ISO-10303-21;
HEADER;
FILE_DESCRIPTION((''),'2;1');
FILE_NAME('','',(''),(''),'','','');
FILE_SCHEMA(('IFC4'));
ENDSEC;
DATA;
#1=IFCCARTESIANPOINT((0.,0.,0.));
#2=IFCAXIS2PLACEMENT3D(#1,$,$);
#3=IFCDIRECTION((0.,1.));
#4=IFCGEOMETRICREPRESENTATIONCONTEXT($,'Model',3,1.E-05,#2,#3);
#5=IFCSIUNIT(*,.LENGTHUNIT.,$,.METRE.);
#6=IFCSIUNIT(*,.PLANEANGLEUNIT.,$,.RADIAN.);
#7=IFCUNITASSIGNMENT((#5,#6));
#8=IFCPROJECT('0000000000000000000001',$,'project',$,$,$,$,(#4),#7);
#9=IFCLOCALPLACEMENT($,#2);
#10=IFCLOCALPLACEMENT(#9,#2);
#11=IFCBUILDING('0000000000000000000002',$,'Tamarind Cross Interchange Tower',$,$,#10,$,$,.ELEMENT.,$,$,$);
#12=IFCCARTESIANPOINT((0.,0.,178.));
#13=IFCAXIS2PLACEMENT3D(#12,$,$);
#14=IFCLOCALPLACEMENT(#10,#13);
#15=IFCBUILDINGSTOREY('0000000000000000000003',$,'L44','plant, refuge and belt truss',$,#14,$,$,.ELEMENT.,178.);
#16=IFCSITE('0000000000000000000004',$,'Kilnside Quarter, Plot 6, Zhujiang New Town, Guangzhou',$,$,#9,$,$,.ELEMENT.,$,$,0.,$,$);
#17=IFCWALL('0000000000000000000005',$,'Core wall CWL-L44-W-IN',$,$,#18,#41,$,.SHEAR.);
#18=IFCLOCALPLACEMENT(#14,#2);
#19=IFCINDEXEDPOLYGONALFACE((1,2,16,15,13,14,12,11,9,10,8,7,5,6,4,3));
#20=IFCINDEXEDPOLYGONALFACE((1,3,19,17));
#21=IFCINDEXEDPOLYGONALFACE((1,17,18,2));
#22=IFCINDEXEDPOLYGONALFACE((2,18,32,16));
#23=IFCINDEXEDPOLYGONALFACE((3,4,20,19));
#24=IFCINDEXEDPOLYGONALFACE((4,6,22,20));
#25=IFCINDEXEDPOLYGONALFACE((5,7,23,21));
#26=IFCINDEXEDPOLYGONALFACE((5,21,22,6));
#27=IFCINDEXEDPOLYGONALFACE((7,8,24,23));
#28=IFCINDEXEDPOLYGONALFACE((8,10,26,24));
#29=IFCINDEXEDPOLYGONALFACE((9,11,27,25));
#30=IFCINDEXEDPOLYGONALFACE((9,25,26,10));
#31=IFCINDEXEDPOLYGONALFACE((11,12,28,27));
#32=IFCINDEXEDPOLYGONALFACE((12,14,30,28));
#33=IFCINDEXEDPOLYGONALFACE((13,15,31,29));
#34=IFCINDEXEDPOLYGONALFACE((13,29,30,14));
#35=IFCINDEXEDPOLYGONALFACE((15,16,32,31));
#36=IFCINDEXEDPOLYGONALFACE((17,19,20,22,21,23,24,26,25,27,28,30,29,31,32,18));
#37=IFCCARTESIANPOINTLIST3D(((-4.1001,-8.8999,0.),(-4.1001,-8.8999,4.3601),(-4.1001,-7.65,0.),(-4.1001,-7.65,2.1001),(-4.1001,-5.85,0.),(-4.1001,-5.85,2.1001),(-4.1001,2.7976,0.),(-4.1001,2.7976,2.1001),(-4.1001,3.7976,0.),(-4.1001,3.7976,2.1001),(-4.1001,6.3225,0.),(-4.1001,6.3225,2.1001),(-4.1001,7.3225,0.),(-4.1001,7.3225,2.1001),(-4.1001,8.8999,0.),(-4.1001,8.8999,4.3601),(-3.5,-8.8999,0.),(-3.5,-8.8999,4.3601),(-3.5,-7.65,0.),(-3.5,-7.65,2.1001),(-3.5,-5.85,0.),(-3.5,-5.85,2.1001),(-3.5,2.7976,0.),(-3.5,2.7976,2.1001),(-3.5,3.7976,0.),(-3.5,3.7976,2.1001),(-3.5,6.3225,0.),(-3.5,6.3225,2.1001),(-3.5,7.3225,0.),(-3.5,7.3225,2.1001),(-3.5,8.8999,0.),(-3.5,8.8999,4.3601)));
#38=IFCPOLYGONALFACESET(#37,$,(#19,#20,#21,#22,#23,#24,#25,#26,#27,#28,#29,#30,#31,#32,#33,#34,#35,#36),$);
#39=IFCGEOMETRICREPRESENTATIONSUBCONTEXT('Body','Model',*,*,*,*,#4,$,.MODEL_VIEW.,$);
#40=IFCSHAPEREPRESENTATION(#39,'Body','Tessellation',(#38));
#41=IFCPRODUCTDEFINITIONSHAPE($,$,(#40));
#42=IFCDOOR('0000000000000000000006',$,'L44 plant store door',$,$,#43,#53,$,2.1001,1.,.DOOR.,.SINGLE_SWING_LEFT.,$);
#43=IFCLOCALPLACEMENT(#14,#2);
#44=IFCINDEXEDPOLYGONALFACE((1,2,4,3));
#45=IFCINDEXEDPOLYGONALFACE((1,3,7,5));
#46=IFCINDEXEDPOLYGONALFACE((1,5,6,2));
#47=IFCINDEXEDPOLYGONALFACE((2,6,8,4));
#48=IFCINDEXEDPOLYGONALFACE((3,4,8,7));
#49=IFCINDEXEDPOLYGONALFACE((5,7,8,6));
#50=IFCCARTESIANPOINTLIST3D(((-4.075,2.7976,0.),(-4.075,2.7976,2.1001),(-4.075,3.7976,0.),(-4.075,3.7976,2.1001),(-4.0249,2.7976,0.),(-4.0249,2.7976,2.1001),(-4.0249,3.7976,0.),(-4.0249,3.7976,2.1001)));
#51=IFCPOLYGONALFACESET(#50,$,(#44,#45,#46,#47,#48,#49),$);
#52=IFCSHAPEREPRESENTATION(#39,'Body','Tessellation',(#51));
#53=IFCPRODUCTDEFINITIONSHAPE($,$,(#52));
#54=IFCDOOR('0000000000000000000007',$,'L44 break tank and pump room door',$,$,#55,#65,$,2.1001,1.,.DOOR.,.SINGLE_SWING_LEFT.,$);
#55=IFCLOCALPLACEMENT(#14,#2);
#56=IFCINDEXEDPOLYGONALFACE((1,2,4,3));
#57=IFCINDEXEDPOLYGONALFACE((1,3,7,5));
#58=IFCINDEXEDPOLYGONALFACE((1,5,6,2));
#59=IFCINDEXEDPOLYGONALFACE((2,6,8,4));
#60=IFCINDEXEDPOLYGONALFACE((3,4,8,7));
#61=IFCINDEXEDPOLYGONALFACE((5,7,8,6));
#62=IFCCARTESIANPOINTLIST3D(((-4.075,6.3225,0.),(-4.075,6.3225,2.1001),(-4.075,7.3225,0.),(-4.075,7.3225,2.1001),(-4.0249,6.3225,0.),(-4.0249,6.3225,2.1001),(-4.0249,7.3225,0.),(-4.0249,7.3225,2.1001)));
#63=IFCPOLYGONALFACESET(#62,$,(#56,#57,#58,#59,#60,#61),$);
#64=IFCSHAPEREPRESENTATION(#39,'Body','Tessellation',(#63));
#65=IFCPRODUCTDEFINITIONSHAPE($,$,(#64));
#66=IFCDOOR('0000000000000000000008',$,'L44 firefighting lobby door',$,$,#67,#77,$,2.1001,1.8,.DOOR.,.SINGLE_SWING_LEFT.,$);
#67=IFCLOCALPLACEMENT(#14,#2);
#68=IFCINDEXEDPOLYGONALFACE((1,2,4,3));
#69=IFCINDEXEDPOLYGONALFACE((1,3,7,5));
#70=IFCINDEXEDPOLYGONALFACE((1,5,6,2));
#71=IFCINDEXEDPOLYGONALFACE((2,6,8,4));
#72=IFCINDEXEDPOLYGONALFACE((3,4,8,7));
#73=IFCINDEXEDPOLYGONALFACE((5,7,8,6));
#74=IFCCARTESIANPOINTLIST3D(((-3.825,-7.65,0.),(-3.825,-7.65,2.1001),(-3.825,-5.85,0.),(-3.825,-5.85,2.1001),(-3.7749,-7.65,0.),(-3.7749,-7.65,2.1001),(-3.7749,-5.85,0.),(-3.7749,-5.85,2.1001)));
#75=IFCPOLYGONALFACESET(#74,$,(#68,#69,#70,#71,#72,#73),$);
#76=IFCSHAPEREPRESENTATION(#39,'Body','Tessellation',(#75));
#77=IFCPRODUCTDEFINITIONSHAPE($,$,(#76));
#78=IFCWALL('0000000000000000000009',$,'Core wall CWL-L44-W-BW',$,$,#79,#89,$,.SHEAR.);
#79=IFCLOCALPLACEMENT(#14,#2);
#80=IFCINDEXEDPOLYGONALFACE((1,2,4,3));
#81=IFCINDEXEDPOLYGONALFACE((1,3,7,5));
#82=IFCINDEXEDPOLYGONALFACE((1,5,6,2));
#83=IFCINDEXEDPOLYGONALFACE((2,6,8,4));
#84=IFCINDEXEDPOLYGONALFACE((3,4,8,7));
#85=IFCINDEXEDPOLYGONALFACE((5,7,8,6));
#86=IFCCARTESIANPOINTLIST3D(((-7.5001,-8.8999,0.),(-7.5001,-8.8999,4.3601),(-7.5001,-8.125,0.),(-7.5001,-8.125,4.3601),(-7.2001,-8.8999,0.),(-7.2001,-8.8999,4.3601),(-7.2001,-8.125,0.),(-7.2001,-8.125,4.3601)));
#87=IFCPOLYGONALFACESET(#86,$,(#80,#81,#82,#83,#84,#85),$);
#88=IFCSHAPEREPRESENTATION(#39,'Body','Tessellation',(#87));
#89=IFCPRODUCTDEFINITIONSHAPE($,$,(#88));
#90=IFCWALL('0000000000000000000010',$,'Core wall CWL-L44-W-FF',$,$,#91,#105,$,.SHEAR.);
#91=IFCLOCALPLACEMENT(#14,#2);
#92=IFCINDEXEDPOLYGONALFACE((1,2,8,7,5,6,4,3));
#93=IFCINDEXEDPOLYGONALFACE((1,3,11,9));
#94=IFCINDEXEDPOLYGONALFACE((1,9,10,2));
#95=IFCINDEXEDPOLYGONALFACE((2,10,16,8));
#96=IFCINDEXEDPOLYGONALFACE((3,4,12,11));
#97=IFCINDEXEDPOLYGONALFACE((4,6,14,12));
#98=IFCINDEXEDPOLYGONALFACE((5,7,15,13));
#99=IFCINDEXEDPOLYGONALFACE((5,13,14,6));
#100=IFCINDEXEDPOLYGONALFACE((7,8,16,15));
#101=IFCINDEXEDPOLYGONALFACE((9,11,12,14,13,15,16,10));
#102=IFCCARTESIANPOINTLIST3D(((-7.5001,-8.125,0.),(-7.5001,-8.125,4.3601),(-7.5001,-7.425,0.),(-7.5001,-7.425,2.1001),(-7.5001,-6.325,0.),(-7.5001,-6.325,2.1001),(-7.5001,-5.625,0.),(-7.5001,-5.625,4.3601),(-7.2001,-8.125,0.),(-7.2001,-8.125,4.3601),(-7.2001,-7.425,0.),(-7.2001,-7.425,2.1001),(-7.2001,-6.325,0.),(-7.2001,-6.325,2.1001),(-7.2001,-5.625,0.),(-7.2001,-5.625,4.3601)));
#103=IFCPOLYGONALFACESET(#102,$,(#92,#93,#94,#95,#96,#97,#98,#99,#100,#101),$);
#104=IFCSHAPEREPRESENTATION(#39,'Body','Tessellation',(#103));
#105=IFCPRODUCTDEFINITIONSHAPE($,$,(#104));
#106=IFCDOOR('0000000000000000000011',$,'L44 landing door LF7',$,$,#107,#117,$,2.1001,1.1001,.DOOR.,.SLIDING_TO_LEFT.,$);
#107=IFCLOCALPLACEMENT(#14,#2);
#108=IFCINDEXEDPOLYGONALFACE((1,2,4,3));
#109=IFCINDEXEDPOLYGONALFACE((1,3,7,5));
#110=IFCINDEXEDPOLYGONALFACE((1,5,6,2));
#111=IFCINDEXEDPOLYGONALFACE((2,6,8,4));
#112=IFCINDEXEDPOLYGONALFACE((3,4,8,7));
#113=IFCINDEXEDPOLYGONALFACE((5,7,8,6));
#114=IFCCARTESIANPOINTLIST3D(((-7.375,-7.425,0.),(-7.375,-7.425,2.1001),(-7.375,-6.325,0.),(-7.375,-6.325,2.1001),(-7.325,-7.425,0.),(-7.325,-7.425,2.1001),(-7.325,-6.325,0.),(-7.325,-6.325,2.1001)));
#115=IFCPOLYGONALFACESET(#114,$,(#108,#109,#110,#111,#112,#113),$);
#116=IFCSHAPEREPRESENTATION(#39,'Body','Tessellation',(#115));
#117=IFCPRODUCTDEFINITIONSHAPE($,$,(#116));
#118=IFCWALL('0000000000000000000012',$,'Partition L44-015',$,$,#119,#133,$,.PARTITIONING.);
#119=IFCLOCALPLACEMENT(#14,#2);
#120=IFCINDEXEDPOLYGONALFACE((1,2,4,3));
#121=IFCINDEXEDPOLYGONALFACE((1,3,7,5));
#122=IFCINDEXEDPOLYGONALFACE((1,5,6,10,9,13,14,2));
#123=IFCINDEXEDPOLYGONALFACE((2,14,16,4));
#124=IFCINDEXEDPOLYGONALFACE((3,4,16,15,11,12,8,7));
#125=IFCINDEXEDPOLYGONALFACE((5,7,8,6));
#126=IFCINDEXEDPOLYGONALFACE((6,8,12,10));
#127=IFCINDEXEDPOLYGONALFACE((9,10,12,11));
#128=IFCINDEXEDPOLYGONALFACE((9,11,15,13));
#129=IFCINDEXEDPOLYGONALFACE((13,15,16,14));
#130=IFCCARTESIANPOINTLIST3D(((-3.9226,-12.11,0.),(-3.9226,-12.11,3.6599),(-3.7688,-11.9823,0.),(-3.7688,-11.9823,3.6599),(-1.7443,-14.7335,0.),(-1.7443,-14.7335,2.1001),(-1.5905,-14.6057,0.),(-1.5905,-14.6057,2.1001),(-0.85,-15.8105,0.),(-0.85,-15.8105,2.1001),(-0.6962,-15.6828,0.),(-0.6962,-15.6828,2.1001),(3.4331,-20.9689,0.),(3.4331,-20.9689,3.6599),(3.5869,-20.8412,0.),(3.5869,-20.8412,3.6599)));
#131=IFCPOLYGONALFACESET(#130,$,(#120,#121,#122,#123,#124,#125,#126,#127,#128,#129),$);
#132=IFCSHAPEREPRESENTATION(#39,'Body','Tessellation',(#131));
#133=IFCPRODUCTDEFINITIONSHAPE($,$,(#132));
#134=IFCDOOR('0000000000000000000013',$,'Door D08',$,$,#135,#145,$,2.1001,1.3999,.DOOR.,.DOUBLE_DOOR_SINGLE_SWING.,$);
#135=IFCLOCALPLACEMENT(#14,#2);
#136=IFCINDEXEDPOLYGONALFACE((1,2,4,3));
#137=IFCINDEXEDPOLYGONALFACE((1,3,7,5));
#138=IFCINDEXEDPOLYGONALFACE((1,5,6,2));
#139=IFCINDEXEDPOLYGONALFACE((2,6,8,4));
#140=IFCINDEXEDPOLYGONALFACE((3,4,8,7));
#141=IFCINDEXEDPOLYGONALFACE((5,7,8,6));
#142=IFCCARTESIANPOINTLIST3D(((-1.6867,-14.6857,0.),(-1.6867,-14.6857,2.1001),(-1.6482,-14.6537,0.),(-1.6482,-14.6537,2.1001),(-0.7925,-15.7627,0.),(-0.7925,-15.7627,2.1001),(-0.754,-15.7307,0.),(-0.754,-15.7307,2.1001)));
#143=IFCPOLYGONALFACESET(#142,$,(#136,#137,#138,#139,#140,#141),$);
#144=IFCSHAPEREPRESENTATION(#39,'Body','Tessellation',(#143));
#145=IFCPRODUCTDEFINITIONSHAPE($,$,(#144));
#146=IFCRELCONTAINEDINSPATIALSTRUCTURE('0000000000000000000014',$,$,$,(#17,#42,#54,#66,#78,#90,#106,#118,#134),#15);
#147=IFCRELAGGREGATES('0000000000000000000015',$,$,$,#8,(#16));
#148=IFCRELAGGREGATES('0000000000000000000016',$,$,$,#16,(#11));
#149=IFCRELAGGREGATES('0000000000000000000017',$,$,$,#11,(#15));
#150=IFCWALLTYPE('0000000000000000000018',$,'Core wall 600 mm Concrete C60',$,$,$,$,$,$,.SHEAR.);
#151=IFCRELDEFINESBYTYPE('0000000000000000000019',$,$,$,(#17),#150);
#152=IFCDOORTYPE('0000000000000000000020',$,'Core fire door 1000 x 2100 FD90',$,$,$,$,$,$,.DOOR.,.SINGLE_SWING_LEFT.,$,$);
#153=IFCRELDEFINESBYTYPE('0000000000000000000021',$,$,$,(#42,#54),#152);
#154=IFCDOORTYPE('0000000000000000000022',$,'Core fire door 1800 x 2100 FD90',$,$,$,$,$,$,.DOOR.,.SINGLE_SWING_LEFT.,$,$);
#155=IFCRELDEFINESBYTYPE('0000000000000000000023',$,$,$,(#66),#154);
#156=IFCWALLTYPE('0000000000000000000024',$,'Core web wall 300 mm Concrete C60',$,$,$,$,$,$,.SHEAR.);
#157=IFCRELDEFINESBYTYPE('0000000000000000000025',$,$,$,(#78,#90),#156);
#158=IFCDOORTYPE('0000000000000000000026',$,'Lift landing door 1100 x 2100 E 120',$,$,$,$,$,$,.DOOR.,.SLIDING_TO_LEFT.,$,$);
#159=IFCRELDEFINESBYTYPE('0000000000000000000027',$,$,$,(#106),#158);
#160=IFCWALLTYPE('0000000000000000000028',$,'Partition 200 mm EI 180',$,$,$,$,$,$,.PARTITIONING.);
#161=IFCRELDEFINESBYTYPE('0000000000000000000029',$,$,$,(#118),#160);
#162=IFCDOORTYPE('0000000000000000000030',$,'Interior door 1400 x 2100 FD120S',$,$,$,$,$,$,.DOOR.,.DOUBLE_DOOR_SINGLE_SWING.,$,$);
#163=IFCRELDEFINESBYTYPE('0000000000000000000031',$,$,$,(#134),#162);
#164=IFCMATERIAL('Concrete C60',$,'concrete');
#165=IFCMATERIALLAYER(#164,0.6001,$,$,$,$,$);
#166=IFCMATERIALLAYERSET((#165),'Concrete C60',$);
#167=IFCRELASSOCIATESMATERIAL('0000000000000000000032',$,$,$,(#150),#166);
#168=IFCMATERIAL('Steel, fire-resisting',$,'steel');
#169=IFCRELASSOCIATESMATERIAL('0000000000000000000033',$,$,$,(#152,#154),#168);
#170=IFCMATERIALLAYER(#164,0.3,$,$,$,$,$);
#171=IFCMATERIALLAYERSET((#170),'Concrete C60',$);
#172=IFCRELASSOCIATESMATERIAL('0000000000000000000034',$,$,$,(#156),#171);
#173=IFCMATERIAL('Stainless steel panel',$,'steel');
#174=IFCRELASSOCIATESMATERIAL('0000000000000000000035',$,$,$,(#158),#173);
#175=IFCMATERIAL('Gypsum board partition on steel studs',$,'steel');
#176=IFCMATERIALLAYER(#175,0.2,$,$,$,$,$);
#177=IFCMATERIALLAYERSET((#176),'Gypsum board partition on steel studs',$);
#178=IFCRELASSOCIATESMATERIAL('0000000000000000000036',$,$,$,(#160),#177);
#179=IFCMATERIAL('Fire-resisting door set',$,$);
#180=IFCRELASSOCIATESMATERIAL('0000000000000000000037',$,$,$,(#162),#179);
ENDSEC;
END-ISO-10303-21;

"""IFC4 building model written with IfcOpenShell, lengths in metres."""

from ifc_helpers import new_model, si_unit, direction, frame, frame_2d, origin, place, context, subcontext, project, spatial, rectangle, extrude, material, layer, layer_set, type_object, element, fill, save


model = new_model("IFC4")

# Units and contexts
model_context = context("Model", 3, precision=1e-05, world=origin(), true_north=direction((0.0, 1.0)))
body_context = subcontext(model_context, "Body", "Model", "MODEL_VIEW")
ifc_project = project(units=[si_unit("LENGTHUNIT", "METRE"), si_unit("PLANEANGLEUNIT", "RADIAN")], contexts=[model_context])

# Site, building, storey
site_placement = place(None, origin())
site = spatial("IfcSite", under=ifc_project, at=site_placement, Name="Kilnside Quarter, Plot 6, Zhujiang New Town, Guangzhou", CompositionType="ELEMENT", RefElevation=0.0)
building_placement = place(site_placement, origin())
building = spatial("IfcBuilding", under=site, at=building_placement, Name="Tamarind Cross Interchange Tower", CompositionType="ELEMENT")
storey_placement = place(building_placement, frame((0.0, 0.0, 178.0)))
storey = spatial("IfcBuildingStorey", under=building, at=storey_placement, Name="L44", Description="plant, refuge and belt truss", CompositionType="ELEMENT", Elevation=178.0)

# Wall, openings, doors
ifc_material_1 = material(Name="Concrete C60", Category="concrete")
ifc_layer_1 = layer(ifc_material_1, 0.6001)
ifc_layer_set_1 = layer_set([ifc_layer_1], Name="Concrete C60")
wall_type_1 = type_object("IfcWallType", Name="Core wall 600 mm Concrete C60", PredefinedType="SHEAR", material=ifc_layer_set_1)
wall_1_placement = place(storey_placement, frame((-3.8, -8.8999, 0.0), z_axis=(0.0, 0.0, 1.0), x_axis=(0.0, 1.0, 0.0)))
wall_1 = element("IfcWall", 1, at=wall_1_placement, inside=storey, type_object=wall_type_1, Name="Core wall CWL-L44-W-IN", PredefinedType="SHEAR", context=body_context, shape_type="SweptSolid", body=[
    extrude(rectangle(XDim=17.7998, YDim=0.6001, at=frame_2d((8.8999, 0.0))), origin(), (0.0, 0.0, 1.0), 4.3601),
])
opening_1_placement = place(wall_1_placement, frame((1.25, 0.0, 0.0)))
opening_1 = element("IfcOpeningElement", 2, at=opening_1_placement, cuts=wall_1, PredefinedType="OPENING", context=body_context, shape_type="SweptSolid", body=[
    extrude(rectangle(XDim=1.8, YDim=2.1001, at=frame_2d((0.8999, 1.05))), frame((0.0, 0.3101, 0.0), z_axis=(0.0, -1.0, 0.0), x_axis=(1.0, 0.0, 0.0)), (0.0, 0.0, 1.0), 0.6201),
])
opening_2_placement = place(wall_1_placement, frame((11.6975, 0.0, 0.0)))
opening_2 = element("IfcOpeningElement", 3, at=opening_2_placement, cuts=wall_1, PredefinedType="OPENING", context=body_context, shape_type="SweptSolid", body=[
    extrude(rectangle(XDim=1.0, YDim=2.1001, at=frame_2d((0.5, 1.05))), frame((0.0, 0.3101, 0.0), z_axis=(0.0, -1.0, 0.0), x_axis=(1.0, 0.0, 0.0)), (0.0, 0.0, 1.0), 0.6201),
])
opening_3_placement = place(wall_1_placement, frame((15.2224, 0.0, 0.0)))
opening_3 = element("IfcOpeningElement", 4, at=opening_3_placement, cuts=wall_1, PredefinedType="OPENING", context=body_context, shape_type="SweptSolid", body=[
    extrude(rectangle(XDim=1.0, YDim=2.1001, at=frame_2d((0.5, 1.05))), frame((0.0, 0.3101, 0.0), z_axis=(0.0, -1.0, 0.0), x_axis=(1.0, 0.0, 0.0)), (0.0, 0.0, 1.0), 0.6201),
])
ifc_material_2 = material(Name="Steel, fire-resisting", Category="steel")
door_type_1 = type_object("IfcDoorType", Name="Core fire door 1000 x 2100 FD90", OperationType="SINGLE_SWING_LEFT", PredefinedType="DOOR", material=ifc_material_2)
door_1_placement = place(opening_2_placement, origin())
door_1 = element("IfcDoor", 5, at=door_1_placement, inside=storey, type_object=door_type_1, Name="L44 plant store door", OperationType="SINGLE_SWING_LEFT", OverallHeight=2.1001, OverallWidth=1.0, PredefinedType="DOOR", context=body_context, shape_type="SweptSolid", body=[
    extrude(rectangle(XDim=1.0, YDim=2.1001, at=frame_2d((0.5, 1.05))), frame((0.0, 0.2749, 0.0), z_axis=(0.0, -1.0, 0.0), x_axis=(1.0, 0.0, 0.0)), (0.0, 0.0, 1.0), 0.05),
])
fill(opening_2, door_1)
door_2_placement = place(opening_3_placement, origin())
door_2 = element("IfcDoor", 6, at=door_2_placement, inside=storey, type_object=door_type_1, Name="L44 break tank and pump room door", OperationType="SINGLE_SWING_LEFT", OverallHeight=2.1001, OverallWidth=1.0, PredefinedType="DOOR", context=body_context, shape_type="SweptSolid", body=[
    extrude(rectangle(XDim=1.0, YDim=2.1001, at=frame_2d((0.5, 1.05))), frame((0.0, 0.2749, 0.0), z_axis=(0.0, -1.0, 0.0), x_axis=(1.0, 0.0, 0.0)), (0.0, 0.0, 1.0), 0.05),
])
fill(opening_3, door_2)
door_type_2 = type_object("IfcDoorType", Name="Core fire door 1800 x 2100 FD90", OperationType="SINGLE_SWING_LEFT", PredefinedType="DOOR", material=ifc_material_2)
door_3_placement = place(opening_1_placement, origin())
door_3 = element("IfcDoor", 7, at=door_3_placement, inside=storey, type_object=door_type_2, Name="L44 firefighting lobby door", OperationType="SINGLE_SWING_LEFT", OverallHeight=2.1001, OverallWidth=1.8, PredefinedType="DOOR", context=body_context, shape_type="SweptSolid", body=[
    extrude(rectangle(XDim=1.8, YDim=2.1001, at=frame_2d((0.8999, 1.05))), frame((0.0, 0.0249, 0.0), z_axis=(0.0, -1.0, 0.0), x_axis=(1.0, 0.0, 0.0)), (0.0, 0.0, 1.0), 0.05),
])
fill(opening_1, door_3)

# Wall
ifc_layer_2 = layer(ifc_material_1, 0.3)
ifc_layer_set_2 = layer_set([ifc_layer_2], Name="Concrete C60")
wall_type_2 = type_object("IfcWallType", Name="Core web wall 300 mm Concrete C60", PredefinedType="SHEAR", material=ifc_layer_set_2)
wall_2_placement = place(storey_placement, frame((-7.3501, -8.8999, 0.0), z_axis=(0.0, 0.0, 1.0), x_axis=(0.0, 1.0, 0.0)))
element("IfcWall", 8, at=wall_2_placement, inside=storey, type_object=wall_type_2, Name="Core wall CWL-L44-W-BW", PredefinedType="SHEAR", context=body_context, shape_type="SweptSolid", body=[
    extrude(rectangle(XDim=0.7749, YDim=0.3, at=frame_2d((0.3875, 0.0))), origin(), (0.0, 0.0, 1.0), 4.3601),
])

# Walls, openings, doors
wall_3_placement = place(storey_placement, frame((-7.3501, -8.125, 0.0), z_axis=(0.0, 0.0, 1.0), x_axis=(0.0, 1.0, 0.0)))
wall_3 = element("IfcWall", 9, at=wall_3_placement, inside=storey, type_object=wall_type_2, Name="Core wall CWL-L44-W-FF", PredefinedType="SHEAR", context=body_context, shape_type="SweptSolid", body=[
    extrude(rectangle(XDim=2.5, YDim=0.3, at=frame_2d((1.25, 0.0))), origin(), (0.0, 0.0, 1.0), 4.3601),
])
opening_4_placement = place(wall_3_placement, frame((0.7, 0.0, 0.0)))
opening_4 = element("IfcOpeningElement", 10, at=opening_4_placement, cuts=wall_3, PredefinedType="OPENING", context=body_context, shape_type="SweptSolid", body=[
    extrude(rectangle(XDim=1.1001, YDim=2.1001, at=frame_2d((0.55, 1.05))), frame((0.0, 0.1599, 0.0), z_axis=(0.0, -1.0, 0.0), x_axis=(1.0, 0.0, 0.0)), (0.0, 0.0, 1.0), 0.3201),
])
ifc_material_3 = material(Name="Stainless steel panel", Category="steel")
door_type_3 = type_object("IfcDoorType", Name="Lift landing door 1100 x 2100 E 120", OperationType="SLIDING_TO_LEFT", PredefinedType="DOOR", material=ifc_material_3)
door_4_placement = place(opening_4_placement, origin())
door_4 = element("IfcDoor", 11, at=door_4_placement, inside=storey, type_object=door_type_3, Name="L44 landing door LF7", OperationType="SLIDING_TO_LEFT", OverallHeight=2.1001, OverallWidth=1.1001, PredefinedType="DOOR", context=body_context, shape_type="SweptSolid", body=[
    extrude(rectangle(XDim=1.1001, YDim=2.1001, at=frame_2d((0.55, 1.05))), frame((0.0, 0.0249, 0.0), z_axis=(0.0, -1.0, 0.0), x_axis=(1.0, 0.0, 0.0)), (0.0, 0.0, 1.0), 0.05),
])
fill(opening_4, door_4)
ifc_material_4 = material(Name="Gypsum board partition on steel studs", Category="steel")
ifc_layer_3 = layer(ifc_material_4, 0.2)
ifc_layer_set_3 = layer_set([ifc_layer_3], Name="Gypsum board partition on steel studs")
wall_type_3 = type_object("IfcWallType", Name="Partition 200 mm EI 180", PredefinedType="PARTITIONING", material=ifc_layer_set_3)
wall_4_placement = place(storey_placement, frame((-3.8457, -12.0461, 0.0), z_axis=(0.0, 0.0, 1.0), x_axis=(0.638815, -0.76936, 0.0)))
wall_4 = element("IfcWall", 12, at=wall_4_placement, inside=storey, type_object=wall_type_3, Name="Partition L44-015", PredefinedType="PARTITIONING", context=body_context, shape_type="SweptSolid", body=[
    extrude(rectangle(XDim=11.5146, YDim=0.2, at=frame_2d((5.7573, 0.0))), origin(), (0.0, 0.0, 1.0), 3.6599),
])
opening_5_placement = place(wall_4_placement, frame((3.4099, 0.0, 0.0)))
opening_5 = element("IfcOpeningElement", 13, at=opening_5_placement, cuts=wall_4, PredefinedType="OPENING", context=body_context, shape_type="SweptSolid", body=[
    extrude(rectangle(XDim=1.3999, YDim=2.1001, at=frame_2d((0.7, 1.05))), frame((0.0, 0.1099, 0.0), z_axis=(0.0, -1.0, 0.0), x_axis=(1.0, 0.0, 0.0)), (0.0, 0.0, 1.0), 0.22),
])
ifc_material_5 = material(Name="Fire-resisting door set")
door_type_4 = type_object("IfcDoorType", Name="Interior door 1400 x 2100 FD120S", OperationType="DOUBLE_DOOR_SINGLE_SWING", PredefinedType="DOOR", material=ifc_material_5)
door_5_placement = place(opening_5_placement, origin())
door_5 = element("IfcDoor", 14, at=door_5_placement, inside=storey, type_object=door_type_4, Name="Door D08", OperationType="DOUBLE_DOOR_SINGLE_SWING", OverallHeight=2.1001, OverallWidth=1.3999, PredefinedType="DOOR", context=body_context, shape_type="SweptSolid", body=[
    extrude(rectangle(XDim=1.3999, YDim=2.1001, at=frame_2d((0.7, 1.05))), frame((0.0, 0.0249, 0.0), z_axis=(0.0, -1.0, 0.0), x_axis=(1.0, 0.0, 0.0)), (0.0, 0.0, 1.0), 0.05),
])
fill(opening_5, door_5)

save(model, "model.ifc")
